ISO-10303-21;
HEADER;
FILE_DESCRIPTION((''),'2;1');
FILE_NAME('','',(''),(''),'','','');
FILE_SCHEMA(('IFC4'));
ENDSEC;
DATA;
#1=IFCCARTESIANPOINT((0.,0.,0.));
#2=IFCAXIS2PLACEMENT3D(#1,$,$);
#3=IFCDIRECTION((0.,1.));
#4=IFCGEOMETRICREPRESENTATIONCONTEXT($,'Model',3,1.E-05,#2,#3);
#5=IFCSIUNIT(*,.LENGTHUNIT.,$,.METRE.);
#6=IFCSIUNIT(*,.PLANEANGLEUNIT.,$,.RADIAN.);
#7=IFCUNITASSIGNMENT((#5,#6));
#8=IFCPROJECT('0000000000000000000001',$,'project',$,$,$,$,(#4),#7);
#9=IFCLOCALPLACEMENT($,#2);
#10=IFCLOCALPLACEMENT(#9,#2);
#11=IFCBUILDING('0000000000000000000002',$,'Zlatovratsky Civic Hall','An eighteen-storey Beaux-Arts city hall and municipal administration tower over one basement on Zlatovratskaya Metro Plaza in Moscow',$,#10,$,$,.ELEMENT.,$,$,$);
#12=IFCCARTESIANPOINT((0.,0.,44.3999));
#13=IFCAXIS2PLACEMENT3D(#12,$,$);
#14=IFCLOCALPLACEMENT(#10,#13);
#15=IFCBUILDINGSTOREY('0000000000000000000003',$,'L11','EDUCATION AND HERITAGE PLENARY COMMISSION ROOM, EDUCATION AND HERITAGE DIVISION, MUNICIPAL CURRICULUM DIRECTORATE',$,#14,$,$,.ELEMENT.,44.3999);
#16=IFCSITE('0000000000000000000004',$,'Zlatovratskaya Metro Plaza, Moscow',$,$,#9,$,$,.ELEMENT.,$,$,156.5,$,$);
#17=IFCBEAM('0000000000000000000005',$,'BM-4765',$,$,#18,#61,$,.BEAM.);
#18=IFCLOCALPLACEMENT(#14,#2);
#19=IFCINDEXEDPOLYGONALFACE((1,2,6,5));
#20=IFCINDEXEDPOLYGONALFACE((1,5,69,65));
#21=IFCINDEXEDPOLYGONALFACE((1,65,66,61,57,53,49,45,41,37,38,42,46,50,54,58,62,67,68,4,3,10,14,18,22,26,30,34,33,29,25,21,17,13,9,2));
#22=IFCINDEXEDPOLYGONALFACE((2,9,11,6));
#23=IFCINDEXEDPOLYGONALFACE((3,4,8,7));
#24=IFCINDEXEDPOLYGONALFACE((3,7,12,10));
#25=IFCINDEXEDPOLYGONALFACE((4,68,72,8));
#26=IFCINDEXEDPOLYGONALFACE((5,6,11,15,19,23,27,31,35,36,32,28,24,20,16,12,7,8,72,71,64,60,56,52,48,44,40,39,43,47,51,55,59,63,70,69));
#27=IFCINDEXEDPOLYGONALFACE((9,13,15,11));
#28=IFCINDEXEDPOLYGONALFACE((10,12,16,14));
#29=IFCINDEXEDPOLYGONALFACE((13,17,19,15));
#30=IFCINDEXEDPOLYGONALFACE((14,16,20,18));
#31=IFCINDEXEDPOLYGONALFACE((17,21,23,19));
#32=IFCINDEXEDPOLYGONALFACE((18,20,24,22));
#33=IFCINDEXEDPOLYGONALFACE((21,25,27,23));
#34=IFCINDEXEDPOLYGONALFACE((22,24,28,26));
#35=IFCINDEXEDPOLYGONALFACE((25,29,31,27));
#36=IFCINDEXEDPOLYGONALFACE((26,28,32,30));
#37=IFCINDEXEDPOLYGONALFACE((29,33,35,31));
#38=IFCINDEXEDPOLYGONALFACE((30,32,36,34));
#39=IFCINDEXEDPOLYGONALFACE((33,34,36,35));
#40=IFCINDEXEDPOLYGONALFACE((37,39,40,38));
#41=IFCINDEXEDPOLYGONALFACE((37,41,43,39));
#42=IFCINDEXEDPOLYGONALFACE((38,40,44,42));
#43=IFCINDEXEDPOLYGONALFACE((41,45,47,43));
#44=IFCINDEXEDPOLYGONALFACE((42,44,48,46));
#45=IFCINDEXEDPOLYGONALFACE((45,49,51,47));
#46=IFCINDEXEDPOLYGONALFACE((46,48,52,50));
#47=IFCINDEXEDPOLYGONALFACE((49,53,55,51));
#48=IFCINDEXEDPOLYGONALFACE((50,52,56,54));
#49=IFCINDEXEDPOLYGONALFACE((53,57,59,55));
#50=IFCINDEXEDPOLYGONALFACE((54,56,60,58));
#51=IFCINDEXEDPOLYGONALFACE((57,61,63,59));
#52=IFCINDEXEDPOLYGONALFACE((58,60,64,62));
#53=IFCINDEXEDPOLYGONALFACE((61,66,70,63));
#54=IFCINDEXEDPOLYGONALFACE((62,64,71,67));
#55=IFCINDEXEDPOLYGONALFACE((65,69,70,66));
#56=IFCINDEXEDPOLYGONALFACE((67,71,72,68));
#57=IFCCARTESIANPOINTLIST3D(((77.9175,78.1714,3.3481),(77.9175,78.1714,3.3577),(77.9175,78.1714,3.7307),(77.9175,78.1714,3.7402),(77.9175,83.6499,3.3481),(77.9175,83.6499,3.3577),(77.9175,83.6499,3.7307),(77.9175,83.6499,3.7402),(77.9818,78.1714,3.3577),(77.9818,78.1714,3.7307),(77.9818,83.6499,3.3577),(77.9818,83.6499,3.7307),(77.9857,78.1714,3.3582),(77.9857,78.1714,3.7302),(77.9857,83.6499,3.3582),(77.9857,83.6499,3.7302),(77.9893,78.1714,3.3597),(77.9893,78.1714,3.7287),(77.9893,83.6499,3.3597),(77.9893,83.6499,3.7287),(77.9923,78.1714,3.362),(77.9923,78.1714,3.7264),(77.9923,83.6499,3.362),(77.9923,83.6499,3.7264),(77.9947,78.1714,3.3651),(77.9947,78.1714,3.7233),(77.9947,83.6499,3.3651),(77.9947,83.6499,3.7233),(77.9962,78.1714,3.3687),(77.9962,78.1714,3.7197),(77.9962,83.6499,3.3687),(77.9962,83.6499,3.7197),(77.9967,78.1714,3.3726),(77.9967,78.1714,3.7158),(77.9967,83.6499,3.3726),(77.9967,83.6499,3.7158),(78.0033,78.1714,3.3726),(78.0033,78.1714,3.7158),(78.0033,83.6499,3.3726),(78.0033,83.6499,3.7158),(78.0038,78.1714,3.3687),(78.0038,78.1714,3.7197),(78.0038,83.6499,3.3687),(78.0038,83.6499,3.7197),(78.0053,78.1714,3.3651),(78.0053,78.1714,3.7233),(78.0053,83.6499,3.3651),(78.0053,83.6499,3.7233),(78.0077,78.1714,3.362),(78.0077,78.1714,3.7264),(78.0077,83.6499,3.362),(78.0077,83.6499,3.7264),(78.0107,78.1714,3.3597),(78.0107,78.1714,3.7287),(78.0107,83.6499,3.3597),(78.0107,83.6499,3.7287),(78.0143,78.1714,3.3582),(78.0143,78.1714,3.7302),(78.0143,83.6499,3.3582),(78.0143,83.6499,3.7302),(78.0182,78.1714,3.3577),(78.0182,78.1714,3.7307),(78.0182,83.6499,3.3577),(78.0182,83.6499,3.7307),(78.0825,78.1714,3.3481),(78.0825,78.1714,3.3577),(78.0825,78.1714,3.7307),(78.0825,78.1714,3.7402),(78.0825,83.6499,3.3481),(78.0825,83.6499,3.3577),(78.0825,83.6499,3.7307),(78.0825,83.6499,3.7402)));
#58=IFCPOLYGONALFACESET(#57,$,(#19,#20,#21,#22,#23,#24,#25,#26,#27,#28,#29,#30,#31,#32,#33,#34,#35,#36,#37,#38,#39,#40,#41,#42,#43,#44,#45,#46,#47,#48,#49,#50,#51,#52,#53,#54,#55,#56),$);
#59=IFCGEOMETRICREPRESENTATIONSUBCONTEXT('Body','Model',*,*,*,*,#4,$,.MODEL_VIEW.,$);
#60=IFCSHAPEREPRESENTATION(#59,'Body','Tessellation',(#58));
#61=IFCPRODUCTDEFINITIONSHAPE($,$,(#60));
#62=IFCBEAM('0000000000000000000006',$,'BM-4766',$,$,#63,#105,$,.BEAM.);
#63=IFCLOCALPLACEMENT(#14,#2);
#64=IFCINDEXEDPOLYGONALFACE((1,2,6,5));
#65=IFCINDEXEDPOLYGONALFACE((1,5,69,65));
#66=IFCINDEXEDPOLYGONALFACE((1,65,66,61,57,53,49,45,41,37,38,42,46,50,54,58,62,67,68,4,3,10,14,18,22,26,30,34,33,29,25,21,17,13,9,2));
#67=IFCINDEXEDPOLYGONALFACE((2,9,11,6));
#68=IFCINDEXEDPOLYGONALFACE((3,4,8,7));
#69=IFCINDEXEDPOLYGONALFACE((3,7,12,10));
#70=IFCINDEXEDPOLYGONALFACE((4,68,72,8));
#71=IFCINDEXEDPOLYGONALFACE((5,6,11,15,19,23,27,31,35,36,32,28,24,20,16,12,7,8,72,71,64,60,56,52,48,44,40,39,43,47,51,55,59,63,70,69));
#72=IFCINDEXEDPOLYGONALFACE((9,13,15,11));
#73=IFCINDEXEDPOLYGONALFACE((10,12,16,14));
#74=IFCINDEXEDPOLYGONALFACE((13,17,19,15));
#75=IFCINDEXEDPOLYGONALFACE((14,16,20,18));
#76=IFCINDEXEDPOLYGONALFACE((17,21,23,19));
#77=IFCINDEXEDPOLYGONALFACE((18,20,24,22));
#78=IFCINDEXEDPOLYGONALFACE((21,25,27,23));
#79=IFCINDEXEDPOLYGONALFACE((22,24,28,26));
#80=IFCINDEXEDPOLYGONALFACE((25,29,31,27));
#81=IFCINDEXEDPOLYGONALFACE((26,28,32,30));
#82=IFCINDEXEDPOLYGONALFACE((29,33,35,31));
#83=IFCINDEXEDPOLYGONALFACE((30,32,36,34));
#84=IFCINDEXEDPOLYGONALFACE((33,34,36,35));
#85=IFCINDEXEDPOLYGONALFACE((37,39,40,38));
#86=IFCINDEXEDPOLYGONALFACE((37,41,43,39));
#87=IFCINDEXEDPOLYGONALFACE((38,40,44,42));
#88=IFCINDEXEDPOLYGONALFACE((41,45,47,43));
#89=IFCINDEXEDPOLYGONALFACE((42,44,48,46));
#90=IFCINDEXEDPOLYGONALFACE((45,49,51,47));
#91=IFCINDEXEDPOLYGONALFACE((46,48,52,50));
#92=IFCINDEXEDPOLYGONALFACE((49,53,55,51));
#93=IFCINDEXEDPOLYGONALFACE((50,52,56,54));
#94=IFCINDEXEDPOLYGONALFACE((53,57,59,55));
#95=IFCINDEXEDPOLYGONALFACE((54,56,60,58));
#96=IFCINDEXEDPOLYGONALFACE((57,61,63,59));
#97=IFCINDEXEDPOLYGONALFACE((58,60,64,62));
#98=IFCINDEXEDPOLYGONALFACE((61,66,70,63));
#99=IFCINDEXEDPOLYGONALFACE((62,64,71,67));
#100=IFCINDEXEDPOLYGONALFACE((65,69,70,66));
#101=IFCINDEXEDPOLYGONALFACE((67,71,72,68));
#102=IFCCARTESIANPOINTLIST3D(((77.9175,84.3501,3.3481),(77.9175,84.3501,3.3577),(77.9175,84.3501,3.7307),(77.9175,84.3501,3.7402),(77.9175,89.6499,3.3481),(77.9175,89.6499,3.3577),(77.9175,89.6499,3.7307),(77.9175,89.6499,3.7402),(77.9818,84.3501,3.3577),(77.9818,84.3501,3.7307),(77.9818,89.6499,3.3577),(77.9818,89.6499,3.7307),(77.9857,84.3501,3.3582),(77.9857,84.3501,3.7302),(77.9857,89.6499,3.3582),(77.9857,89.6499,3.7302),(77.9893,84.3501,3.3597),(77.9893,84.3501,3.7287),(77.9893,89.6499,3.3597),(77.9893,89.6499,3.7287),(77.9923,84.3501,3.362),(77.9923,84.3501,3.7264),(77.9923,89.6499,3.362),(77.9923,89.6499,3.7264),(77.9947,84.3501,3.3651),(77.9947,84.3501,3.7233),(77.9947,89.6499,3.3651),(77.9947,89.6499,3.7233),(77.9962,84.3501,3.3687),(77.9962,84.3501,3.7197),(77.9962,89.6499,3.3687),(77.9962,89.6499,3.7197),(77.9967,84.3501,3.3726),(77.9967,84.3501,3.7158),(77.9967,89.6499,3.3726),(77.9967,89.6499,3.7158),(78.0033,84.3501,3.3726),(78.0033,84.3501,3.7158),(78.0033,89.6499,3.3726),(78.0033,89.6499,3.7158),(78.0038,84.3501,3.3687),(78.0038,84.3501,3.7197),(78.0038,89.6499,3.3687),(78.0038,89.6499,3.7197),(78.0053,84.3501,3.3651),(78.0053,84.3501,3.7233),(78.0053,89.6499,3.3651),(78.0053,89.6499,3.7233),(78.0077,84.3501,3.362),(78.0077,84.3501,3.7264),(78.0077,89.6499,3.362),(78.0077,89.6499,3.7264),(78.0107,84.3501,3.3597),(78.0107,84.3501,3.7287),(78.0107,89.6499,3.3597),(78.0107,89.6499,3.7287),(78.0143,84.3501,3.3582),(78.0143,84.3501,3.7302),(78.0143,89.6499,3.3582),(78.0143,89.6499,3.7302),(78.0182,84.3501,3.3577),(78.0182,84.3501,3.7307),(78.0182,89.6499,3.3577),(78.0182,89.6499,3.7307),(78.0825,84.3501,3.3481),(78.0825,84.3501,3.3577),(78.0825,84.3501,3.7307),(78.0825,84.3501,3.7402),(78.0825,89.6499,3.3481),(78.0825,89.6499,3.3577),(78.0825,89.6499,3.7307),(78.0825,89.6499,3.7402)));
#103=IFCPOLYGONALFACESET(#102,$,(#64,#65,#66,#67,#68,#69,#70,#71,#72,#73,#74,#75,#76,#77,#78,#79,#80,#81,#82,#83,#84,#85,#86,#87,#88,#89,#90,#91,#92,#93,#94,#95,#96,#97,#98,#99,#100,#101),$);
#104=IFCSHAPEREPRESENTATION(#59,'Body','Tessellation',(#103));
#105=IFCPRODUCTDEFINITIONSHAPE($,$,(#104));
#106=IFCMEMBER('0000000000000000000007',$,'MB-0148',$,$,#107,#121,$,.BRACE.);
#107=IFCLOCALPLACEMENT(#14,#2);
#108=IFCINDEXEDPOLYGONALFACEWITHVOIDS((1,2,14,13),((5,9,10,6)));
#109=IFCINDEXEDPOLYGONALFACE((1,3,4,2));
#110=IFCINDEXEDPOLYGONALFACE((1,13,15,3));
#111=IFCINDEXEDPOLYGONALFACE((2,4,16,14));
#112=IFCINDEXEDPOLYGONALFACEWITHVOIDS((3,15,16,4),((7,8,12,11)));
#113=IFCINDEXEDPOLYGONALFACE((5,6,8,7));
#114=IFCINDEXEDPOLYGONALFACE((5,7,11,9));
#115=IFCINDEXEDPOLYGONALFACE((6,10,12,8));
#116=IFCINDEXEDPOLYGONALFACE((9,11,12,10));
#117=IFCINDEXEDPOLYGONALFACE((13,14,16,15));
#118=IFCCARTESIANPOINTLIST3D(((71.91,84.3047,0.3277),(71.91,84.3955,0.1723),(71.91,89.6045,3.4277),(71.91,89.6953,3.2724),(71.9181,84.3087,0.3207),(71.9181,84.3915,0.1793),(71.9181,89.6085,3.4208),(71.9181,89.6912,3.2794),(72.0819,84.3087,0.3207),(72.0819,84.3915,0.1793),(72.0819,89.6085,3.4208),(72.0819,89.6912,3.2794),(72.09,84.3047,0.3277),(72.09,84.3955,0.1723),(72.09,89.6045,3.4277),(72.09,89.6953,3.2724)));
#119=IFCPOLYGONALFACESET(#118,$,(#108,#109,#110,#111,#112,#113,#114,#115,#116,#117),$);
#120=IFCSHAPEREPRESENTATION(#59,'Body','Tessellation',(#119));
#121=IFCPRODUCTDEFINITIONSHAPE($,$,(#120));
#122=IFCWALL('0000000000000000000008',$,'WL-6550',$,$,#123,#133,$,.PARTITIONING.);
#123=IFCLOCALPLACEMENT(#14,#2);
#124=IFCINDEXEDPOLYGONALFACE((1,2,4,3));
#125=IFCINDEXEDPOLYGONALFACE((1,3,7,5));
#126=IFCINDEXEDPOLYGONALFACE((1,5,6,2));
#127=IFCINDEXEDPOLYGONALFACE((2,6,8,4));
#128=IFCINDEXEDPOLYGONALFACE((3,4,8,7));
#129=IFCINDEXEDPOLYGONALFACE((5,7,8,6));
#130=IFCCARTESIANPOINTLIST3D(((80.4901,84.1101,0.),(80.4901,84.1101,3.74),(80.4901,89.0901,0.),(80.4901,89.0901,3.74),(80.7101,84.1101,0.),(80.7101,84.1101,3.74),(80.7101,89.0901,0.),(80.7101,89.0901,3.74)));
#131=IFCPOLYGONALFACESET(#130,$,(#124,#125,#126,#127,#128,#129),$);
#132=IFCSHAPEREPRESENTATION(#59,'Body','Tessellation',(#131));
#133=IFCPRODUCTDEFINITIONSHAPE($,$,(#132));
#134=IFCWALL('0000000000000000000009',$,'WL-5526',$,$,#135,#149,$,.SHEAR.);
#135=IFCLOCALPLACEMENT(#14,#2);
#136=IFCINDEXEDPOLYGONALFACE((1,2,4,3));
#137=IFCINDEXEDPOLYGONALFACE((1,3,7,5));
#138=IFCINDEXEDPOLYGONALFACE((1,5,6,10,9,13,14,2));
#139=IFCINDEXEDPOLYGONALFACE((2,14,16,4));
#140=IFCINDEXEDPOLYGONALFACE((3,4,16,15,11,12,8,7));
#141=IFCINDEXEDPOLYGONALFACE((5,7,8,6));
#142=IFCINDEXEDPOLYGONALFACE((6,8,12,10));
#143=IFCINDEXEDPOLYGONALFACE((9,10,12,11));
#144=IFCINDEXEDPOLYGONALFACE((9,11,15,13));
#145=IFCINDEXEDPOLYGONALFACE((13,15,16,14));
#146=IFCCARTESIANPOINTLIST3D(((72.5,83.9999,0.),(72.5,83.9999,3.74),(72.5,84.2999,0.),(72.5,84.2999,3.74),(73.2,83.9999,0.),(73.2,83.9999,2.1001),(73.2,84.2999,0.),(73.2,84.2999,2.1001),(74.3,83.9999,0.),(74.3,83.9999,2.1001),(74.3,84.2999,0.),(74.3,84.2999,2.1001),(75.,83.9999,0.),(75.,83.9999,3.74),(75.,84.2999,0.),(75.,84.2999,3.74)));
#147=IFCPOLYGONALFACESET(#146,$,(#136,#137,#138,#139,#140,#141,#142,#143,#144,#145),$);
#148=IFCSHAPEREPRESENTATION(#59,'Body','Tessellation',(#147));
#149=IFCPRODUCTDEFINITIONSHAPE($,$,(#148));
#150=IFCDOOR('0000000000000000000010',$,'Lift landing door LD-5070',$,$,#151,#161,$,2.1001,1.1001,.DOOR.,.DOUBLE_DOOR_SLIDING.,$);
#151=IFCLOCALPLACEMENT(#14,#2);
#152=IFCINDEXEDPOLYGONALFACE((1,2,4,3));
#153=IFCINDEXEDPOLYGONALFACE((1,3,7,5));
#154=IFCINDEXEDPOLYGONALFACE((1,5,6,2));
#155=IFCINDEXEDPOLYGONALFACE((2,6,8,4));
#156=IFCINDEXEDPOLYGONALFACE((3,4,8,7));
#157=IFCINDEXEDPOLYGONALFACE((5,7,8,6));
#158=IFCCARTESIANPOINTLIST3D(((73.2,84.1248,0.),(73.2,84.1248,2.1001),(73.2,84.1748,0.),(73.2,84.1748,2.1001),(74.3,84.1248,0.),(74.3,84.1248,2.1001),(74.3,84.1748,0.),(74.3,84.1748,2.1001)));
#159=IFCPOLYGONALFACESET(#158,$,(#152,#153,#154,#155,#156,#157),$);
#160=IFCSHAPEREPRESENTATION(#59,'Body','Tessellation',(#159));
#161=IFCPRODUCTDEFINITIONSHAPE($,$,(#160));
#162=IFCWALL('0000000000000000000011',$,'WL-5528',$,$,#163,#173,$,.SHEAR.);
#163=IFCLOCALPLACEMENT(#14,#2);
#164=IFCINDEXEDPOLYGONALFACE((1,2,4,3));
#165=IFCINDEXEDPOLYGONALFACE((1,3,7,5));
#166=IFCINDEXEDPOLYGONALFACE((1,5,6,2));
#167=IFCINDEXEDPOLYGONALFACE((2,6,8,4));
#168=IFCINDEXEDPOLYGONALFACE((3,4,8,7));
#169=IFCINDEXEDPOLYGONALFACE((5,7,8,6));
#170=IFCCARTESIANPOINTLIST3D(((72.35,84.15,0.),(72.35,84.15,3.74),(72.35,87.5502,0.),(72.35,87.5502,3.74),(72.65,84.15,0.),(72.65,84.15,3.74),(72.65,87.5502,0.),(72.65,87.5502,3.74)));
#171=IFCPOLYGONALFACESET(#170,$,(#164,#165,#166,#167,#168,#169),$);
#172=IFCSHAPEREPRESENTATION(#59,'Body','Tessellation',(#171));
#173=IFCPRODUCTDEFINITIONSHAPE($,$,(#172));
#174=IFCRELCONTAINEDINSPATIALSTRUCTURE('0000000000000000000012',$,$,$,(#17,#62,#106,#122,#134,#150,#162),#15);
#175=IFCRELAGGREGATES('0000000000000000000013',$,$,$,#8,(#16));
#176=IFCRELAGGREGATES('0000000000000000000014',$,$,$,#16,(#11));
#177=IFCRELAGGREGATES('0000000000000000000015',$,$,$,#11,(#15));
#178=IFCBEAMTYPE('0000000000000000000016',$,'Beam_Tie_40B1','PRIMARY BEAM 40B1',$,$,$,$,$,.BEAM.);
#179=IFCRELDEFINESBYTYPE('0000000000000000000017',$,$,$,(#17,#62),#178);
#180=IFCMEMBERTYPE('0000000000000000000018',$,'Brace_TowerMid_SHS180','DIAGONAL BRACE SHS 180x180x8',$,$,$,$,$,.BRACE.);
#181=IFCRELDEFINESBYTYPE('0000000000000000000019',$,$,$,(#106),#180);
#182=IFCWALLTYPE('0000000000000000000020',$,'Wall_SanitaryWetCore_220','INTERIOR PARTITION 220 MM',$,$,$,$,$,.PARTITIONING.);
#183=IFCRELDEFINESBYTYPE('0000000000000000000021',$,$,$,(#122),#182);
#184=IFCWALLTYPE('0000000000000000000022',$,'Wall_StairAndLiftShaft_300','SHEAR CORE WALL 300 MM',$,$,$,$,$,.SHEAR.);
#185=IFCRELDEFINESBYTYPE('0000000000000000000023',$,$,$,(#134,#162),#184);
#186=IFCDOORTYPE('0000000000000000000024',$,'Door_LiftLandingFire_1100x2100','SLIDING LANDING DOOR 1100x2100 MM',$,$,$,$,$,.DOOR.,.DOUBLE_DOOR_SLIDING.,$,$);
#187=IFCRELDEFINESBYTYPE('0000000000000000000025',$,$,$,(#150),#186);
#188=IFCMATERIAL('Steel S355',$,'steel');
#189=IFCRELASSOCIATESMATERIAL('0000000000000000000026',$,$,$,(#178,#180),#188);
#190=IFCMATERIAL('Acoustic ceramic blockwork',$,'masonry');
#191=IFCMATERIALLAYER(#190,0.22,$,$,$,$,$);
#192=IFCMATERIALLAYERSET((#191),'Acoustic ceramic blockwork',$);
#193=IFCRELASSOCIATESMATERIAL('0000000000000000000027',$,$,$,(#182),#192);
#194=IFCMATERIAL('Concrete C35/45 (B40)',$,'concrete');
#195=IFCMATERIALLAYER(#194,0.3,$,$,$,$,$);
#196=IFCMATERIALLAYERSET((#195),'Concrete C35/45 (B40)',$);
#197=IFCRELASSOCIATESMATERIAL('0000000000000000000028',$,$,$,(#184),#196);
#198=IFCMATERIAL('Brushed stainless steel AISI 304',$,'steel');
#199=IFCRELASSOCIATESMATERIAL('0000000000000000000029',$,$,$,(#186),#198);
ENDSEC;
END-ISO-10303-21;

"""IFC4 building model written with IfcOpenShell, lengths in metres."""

from ifc_helpers import new_model, si_unit, direction, frame, frame_2d, origin, origin_2d, place, context, subcontext, project, spatial, rectangle, hollow_rectangle, i_section, extrude, material, layer, layer_set, material_profile, profile_set, type_object, element, fill, save


model = new_model("IFC4")

# Units and contexts
model_context = context("Model", 3, precision=1e-05, world=origin(), true_north=direction((0.0, 1.0)))
body_context = subcontext(model_context, "Body", "Model", "MODEL_VIEW")
ifc_project = project(units=[si_unit("LENGTHUNIT", "METRE"), si_unit("PLANEANGLEUNIT", "RADIAN")], contexts=[model_context])

# Site, building, storey
site_placement = place(None, origin())
site = spatial("IfcSite", under=ifc_project, at=site_placement, Name="Zlatovratskaya Metro Plaza, Moscow", CompositionType="ELEMENT", RefElevation=156.5)
building_placement = place(site_placement, origin())
building = spatial("IfcBuilding", under=site, at=building_placement, Name="Zlatovratsky Civic Hall", Description="An eighteen-storey Beaux-Arts city hall and municipal administration tower over one basement on Zlatovratskaya Metro Plaza in Moscow", CompositionType="ELEMENT")
storey_placement = place(building_placement, frame((0.0, 0.0, 44.3999)))
storey = spatial("IfcBuildingStorey", under=building, at=storey_placement, Name="L11", Description="EDUCATION AND HERITAGE PLENARY COMMISSION ROOM, EDUCATION AND HERITAGE DIVISION, MUNICIPAL CURRICULUM DIRECTORATE", CompositionType="ELEMENT", Elevation=44.3999)

# Shared definitions
ifc_material_1 = material(Name="Concrete C35/45 (B40)", Category="concrete")
ifc_material_2 = material(Name="Steel S355", Category="steel")

# Beams
ifc_material_profile_1 = material_profile(ifc_material_2, i_section(OverallWidth=0.165, OverallDepth=0.3921, WebThickness=0.0066, FlangeThickness=0.0095, FilletRadius=0.0149, at=origin_2d()), Name="40B1")
ifc_profile_set_1 = profile_set([ifc_material_profile_1], Name="Steel S355")
beam_type = type_object("IfcBeamType", Name="Beam_Tie_40B1", Description="PRIMARY BEAM 40B1", PredefinedType="BEAM", material=ifc_profile_set_1)
beam_1_placement = place(storey_placement, frame((78.0, 78.1714, 3.5442), z_axis=(0.0, 1.0, 0.0), x_axis=(-1.0, 0.0, 0.0)))
element("IfcBeam", 1, at=beam_1_placement, inside=storey, type_object=beam_type, Name="BM-4765", PredefinedType="BEAM", context=body_context, shape_type="SweptSolid", body=[
    extrude(i_section(OverallWidth=0.165, OverallDepth=0.3921, WebThickness=0.0066, FlangeThickness=0.0095, FilletRadius=0.0149, at=origin_2d()), origin(), (0.0, 0.0, 1.0), 5.4785),
])
beam_2_placement = place(storey_placement, frame((78.0, 84.3501, 3.5442), z_axis=(0.0, 1.0, 0.0), x_axis=(-1.0, 0.0, 0.0)))
element("IfcBeam", 2, at=beam_2_placement, inside=storey, type_object=beam_type, Name="BM-4766", PredefinedType="BEAM", context=body_context, shape_type="SweptSolid", body=[
    extrude(i_section(OverallWidth=0.165, OverallDepth=0.3921, WebThickness=0.0066, FlangeThickness=0.0095, FilletRadius=0.0149, at=origin_2d()), origin(), (0.0, 0.0, 1.0), 5.2998),
])

# Member
ifc_material_profile_2 = material_profile(ifc_material_2, hollow_rectangle(XDim=0.1799, YDim=0.1799, WallThickness=0.0081, at=origin_2d()), Name="SHS 180x180x8")
ifc_profile_set_2 = profile_set([ifc_material_profile_2], Name="Steel S355")
member_type = type_object("IfcMemberType", Name="Brace_TowerMid_SHS180", Description="DIAGONAL BRACE SHS 180x180x8", PredefinedType="BRACE", material=ifc_profile_set_2)
member_placement = place(storey_placement, frame((72.0, 84.3501, 0.25), z_axis=(0.0, 0.863173, 0.504909), x_axis=(-1.0, 0.0, 0.0)))
element("IfcMember", 3, at=member_placement, inside=storey, type_object=member_type, Name="MB-0148", PredefinedType="BRACE", context=body_context, shape_type="SweptSolid", body=[
    extrude(hollow_rectangle(XDim=0.1799, YDim=0.1799, WallThickness=0.0081, at=origin_2d()), origin(), (0.0, 0.0, 1.0), 6.1399),
])

# Shared definitions
ifc_material_3 = material(Name="Acoustic ceramic blockwork", Category="masonry")
ifc_layer_1 = layer(ifc_material_3, 0.22)
ifc_layer_set_1 = layer_set([ifc_layer_1], Name="Acoustic ceramic blockwork")
wall_type_1 = type_object("IfcWallType", Name="Wall_SanitaryWetCore_220", Description="INTERIOR PARTITION 220 MM", PredefinedType="PARTITIONING", material=ifc_layer_set_1)

# Wall
wall_1_placement = place(storey_placement, frame((80.6001, 84.1101, 0.0), z_axis=(0.0, 0.0, 1.0), x_axis=(0.0, 1.0, 0.0)))
element("IfcWall", 4, at=wall_1_placement, inside=storey, type_object=wall_type_1, Name="WL-6550", PredefinedType="PARTITIONING", context=body_context, shape_type="SweptSolid", body=[
    extrude(rectangle(XDim=4.98, YDim=0.22, at=frame_2d((2.49, 0.0))), origin(), (0.0, 0.0, 1.0), 3.74),
])

# Wall, opening, door
ifc_layer_2 = layer(ifc_material_1, 0.3)
ifc_layer_set_2 = layer_set([ifc_layer_2], Name="Concrete C35/45 (B40)")
wall_type_2 = type_object("IfcWallType", Name="Wall_StairAndLiftShaft_300", Description="SHEAR CORE WALL 300 MM", PredefinedType="SHEAR", material=ifc_layer_set_2)
wall_2_placement = place(storey_placement, frame((72.5, 84.1499, 0.0), z_axis=(0.0, 0.0, 1.0), x_axis=(1.0, 0.0, 0.0)))
wall_2 = element("IfcWall", 5, at=wall_2_placement, inside=storey, type_object=wall_type_2, Name="WL-5526", PredefinedType="SHEAR", context=body_context, shape_type="SweptSolid", body=[
    extrude(rectangle(XDim=2.5, YDim=0.3, at=frame_2d((1.25, 0.0))), origin(), (0.0, 0.0, 1.0), 3.74),
])
opening_1_placement = place(wall_2_placement, frame((0.7, 0.0, 0.0)))
opening_1 = element("IfcOpeningElement", 6, at=opening_1_placement, cuts=wall_2, PredefinedType="OPENING", context=body_context, shape_type="SweptSolid", body=[
    extrude(rectangle(XDim=1.1001, YDim=2.1001, at=frame_2d((0.55, 1.05))), frame((0.0, 0.165, 0.0), z_axis=(0.0, -1.0, 0.0), x_axis=(1.0, 0.0, 0.0)), (0.0, 0.0, 1.0), 0.3298),
])
ifc_material_4 = material(Name="Brushed stainless steel AISI 304", Category="steel")
door_type_1 = type_object("IfcDoorType", Name="Door_LiftLandingFire_1100x2100", Description="SLIDING LANDING DOOR 1100x2100 MM", OperationType="DOUBLE_DOOR_SLIDING", PredefinedType="DOOR", material=ifc_material_4)
door_1_placement = place(opening_1_placement, origin())
door_1 = element("IfcDoor", 7, at=door_1_placement, inside=storey, type_object=door_type_1, Name="Lift landing door LD-5070", OperationType="DOUBLE_DOOR_SLIDING", OverallHeight=2.1001, OverallWidth=1.1001, PredefinedType="DOOR", context=body_context, shape_type="SweptSolid", body=[
    extrude(rectangle(XDim=1.1001, YDim=2.1001, at=frame_2d((0.55, 1.05))), frame((0.0, 0.0249, 0.0), z_axis=(0.0, -1.0, 0.0), x_axis=(1.0, 0.0, 0.0)), (0.0, 0.0, 1.0), 0.05),
])
fill(opening_1, door_1)

# Wall
wall_3_placement = place(storey_placement, frame((72.5, 84.1499, 0.0), z_axis=(0.0, 0.0, 1.0), x_axis=(0.0, 1.0, 0.0)))
element("IfcWall", 8, at=wall_3_placement, inside=storey, type_object=wall_type_2, Name="WL-5528", PredefinedType="SHEAR", context=body_context, shape_type="SweptSolid", body=[
    extrude(rectangle(XDim=3.4001, YDim=0.3, at=frame_2d((1.7002, 0.0))), origin(), (0.0, 0.0, 1.0), 3.74),
])

save(model, "model.ifc")
